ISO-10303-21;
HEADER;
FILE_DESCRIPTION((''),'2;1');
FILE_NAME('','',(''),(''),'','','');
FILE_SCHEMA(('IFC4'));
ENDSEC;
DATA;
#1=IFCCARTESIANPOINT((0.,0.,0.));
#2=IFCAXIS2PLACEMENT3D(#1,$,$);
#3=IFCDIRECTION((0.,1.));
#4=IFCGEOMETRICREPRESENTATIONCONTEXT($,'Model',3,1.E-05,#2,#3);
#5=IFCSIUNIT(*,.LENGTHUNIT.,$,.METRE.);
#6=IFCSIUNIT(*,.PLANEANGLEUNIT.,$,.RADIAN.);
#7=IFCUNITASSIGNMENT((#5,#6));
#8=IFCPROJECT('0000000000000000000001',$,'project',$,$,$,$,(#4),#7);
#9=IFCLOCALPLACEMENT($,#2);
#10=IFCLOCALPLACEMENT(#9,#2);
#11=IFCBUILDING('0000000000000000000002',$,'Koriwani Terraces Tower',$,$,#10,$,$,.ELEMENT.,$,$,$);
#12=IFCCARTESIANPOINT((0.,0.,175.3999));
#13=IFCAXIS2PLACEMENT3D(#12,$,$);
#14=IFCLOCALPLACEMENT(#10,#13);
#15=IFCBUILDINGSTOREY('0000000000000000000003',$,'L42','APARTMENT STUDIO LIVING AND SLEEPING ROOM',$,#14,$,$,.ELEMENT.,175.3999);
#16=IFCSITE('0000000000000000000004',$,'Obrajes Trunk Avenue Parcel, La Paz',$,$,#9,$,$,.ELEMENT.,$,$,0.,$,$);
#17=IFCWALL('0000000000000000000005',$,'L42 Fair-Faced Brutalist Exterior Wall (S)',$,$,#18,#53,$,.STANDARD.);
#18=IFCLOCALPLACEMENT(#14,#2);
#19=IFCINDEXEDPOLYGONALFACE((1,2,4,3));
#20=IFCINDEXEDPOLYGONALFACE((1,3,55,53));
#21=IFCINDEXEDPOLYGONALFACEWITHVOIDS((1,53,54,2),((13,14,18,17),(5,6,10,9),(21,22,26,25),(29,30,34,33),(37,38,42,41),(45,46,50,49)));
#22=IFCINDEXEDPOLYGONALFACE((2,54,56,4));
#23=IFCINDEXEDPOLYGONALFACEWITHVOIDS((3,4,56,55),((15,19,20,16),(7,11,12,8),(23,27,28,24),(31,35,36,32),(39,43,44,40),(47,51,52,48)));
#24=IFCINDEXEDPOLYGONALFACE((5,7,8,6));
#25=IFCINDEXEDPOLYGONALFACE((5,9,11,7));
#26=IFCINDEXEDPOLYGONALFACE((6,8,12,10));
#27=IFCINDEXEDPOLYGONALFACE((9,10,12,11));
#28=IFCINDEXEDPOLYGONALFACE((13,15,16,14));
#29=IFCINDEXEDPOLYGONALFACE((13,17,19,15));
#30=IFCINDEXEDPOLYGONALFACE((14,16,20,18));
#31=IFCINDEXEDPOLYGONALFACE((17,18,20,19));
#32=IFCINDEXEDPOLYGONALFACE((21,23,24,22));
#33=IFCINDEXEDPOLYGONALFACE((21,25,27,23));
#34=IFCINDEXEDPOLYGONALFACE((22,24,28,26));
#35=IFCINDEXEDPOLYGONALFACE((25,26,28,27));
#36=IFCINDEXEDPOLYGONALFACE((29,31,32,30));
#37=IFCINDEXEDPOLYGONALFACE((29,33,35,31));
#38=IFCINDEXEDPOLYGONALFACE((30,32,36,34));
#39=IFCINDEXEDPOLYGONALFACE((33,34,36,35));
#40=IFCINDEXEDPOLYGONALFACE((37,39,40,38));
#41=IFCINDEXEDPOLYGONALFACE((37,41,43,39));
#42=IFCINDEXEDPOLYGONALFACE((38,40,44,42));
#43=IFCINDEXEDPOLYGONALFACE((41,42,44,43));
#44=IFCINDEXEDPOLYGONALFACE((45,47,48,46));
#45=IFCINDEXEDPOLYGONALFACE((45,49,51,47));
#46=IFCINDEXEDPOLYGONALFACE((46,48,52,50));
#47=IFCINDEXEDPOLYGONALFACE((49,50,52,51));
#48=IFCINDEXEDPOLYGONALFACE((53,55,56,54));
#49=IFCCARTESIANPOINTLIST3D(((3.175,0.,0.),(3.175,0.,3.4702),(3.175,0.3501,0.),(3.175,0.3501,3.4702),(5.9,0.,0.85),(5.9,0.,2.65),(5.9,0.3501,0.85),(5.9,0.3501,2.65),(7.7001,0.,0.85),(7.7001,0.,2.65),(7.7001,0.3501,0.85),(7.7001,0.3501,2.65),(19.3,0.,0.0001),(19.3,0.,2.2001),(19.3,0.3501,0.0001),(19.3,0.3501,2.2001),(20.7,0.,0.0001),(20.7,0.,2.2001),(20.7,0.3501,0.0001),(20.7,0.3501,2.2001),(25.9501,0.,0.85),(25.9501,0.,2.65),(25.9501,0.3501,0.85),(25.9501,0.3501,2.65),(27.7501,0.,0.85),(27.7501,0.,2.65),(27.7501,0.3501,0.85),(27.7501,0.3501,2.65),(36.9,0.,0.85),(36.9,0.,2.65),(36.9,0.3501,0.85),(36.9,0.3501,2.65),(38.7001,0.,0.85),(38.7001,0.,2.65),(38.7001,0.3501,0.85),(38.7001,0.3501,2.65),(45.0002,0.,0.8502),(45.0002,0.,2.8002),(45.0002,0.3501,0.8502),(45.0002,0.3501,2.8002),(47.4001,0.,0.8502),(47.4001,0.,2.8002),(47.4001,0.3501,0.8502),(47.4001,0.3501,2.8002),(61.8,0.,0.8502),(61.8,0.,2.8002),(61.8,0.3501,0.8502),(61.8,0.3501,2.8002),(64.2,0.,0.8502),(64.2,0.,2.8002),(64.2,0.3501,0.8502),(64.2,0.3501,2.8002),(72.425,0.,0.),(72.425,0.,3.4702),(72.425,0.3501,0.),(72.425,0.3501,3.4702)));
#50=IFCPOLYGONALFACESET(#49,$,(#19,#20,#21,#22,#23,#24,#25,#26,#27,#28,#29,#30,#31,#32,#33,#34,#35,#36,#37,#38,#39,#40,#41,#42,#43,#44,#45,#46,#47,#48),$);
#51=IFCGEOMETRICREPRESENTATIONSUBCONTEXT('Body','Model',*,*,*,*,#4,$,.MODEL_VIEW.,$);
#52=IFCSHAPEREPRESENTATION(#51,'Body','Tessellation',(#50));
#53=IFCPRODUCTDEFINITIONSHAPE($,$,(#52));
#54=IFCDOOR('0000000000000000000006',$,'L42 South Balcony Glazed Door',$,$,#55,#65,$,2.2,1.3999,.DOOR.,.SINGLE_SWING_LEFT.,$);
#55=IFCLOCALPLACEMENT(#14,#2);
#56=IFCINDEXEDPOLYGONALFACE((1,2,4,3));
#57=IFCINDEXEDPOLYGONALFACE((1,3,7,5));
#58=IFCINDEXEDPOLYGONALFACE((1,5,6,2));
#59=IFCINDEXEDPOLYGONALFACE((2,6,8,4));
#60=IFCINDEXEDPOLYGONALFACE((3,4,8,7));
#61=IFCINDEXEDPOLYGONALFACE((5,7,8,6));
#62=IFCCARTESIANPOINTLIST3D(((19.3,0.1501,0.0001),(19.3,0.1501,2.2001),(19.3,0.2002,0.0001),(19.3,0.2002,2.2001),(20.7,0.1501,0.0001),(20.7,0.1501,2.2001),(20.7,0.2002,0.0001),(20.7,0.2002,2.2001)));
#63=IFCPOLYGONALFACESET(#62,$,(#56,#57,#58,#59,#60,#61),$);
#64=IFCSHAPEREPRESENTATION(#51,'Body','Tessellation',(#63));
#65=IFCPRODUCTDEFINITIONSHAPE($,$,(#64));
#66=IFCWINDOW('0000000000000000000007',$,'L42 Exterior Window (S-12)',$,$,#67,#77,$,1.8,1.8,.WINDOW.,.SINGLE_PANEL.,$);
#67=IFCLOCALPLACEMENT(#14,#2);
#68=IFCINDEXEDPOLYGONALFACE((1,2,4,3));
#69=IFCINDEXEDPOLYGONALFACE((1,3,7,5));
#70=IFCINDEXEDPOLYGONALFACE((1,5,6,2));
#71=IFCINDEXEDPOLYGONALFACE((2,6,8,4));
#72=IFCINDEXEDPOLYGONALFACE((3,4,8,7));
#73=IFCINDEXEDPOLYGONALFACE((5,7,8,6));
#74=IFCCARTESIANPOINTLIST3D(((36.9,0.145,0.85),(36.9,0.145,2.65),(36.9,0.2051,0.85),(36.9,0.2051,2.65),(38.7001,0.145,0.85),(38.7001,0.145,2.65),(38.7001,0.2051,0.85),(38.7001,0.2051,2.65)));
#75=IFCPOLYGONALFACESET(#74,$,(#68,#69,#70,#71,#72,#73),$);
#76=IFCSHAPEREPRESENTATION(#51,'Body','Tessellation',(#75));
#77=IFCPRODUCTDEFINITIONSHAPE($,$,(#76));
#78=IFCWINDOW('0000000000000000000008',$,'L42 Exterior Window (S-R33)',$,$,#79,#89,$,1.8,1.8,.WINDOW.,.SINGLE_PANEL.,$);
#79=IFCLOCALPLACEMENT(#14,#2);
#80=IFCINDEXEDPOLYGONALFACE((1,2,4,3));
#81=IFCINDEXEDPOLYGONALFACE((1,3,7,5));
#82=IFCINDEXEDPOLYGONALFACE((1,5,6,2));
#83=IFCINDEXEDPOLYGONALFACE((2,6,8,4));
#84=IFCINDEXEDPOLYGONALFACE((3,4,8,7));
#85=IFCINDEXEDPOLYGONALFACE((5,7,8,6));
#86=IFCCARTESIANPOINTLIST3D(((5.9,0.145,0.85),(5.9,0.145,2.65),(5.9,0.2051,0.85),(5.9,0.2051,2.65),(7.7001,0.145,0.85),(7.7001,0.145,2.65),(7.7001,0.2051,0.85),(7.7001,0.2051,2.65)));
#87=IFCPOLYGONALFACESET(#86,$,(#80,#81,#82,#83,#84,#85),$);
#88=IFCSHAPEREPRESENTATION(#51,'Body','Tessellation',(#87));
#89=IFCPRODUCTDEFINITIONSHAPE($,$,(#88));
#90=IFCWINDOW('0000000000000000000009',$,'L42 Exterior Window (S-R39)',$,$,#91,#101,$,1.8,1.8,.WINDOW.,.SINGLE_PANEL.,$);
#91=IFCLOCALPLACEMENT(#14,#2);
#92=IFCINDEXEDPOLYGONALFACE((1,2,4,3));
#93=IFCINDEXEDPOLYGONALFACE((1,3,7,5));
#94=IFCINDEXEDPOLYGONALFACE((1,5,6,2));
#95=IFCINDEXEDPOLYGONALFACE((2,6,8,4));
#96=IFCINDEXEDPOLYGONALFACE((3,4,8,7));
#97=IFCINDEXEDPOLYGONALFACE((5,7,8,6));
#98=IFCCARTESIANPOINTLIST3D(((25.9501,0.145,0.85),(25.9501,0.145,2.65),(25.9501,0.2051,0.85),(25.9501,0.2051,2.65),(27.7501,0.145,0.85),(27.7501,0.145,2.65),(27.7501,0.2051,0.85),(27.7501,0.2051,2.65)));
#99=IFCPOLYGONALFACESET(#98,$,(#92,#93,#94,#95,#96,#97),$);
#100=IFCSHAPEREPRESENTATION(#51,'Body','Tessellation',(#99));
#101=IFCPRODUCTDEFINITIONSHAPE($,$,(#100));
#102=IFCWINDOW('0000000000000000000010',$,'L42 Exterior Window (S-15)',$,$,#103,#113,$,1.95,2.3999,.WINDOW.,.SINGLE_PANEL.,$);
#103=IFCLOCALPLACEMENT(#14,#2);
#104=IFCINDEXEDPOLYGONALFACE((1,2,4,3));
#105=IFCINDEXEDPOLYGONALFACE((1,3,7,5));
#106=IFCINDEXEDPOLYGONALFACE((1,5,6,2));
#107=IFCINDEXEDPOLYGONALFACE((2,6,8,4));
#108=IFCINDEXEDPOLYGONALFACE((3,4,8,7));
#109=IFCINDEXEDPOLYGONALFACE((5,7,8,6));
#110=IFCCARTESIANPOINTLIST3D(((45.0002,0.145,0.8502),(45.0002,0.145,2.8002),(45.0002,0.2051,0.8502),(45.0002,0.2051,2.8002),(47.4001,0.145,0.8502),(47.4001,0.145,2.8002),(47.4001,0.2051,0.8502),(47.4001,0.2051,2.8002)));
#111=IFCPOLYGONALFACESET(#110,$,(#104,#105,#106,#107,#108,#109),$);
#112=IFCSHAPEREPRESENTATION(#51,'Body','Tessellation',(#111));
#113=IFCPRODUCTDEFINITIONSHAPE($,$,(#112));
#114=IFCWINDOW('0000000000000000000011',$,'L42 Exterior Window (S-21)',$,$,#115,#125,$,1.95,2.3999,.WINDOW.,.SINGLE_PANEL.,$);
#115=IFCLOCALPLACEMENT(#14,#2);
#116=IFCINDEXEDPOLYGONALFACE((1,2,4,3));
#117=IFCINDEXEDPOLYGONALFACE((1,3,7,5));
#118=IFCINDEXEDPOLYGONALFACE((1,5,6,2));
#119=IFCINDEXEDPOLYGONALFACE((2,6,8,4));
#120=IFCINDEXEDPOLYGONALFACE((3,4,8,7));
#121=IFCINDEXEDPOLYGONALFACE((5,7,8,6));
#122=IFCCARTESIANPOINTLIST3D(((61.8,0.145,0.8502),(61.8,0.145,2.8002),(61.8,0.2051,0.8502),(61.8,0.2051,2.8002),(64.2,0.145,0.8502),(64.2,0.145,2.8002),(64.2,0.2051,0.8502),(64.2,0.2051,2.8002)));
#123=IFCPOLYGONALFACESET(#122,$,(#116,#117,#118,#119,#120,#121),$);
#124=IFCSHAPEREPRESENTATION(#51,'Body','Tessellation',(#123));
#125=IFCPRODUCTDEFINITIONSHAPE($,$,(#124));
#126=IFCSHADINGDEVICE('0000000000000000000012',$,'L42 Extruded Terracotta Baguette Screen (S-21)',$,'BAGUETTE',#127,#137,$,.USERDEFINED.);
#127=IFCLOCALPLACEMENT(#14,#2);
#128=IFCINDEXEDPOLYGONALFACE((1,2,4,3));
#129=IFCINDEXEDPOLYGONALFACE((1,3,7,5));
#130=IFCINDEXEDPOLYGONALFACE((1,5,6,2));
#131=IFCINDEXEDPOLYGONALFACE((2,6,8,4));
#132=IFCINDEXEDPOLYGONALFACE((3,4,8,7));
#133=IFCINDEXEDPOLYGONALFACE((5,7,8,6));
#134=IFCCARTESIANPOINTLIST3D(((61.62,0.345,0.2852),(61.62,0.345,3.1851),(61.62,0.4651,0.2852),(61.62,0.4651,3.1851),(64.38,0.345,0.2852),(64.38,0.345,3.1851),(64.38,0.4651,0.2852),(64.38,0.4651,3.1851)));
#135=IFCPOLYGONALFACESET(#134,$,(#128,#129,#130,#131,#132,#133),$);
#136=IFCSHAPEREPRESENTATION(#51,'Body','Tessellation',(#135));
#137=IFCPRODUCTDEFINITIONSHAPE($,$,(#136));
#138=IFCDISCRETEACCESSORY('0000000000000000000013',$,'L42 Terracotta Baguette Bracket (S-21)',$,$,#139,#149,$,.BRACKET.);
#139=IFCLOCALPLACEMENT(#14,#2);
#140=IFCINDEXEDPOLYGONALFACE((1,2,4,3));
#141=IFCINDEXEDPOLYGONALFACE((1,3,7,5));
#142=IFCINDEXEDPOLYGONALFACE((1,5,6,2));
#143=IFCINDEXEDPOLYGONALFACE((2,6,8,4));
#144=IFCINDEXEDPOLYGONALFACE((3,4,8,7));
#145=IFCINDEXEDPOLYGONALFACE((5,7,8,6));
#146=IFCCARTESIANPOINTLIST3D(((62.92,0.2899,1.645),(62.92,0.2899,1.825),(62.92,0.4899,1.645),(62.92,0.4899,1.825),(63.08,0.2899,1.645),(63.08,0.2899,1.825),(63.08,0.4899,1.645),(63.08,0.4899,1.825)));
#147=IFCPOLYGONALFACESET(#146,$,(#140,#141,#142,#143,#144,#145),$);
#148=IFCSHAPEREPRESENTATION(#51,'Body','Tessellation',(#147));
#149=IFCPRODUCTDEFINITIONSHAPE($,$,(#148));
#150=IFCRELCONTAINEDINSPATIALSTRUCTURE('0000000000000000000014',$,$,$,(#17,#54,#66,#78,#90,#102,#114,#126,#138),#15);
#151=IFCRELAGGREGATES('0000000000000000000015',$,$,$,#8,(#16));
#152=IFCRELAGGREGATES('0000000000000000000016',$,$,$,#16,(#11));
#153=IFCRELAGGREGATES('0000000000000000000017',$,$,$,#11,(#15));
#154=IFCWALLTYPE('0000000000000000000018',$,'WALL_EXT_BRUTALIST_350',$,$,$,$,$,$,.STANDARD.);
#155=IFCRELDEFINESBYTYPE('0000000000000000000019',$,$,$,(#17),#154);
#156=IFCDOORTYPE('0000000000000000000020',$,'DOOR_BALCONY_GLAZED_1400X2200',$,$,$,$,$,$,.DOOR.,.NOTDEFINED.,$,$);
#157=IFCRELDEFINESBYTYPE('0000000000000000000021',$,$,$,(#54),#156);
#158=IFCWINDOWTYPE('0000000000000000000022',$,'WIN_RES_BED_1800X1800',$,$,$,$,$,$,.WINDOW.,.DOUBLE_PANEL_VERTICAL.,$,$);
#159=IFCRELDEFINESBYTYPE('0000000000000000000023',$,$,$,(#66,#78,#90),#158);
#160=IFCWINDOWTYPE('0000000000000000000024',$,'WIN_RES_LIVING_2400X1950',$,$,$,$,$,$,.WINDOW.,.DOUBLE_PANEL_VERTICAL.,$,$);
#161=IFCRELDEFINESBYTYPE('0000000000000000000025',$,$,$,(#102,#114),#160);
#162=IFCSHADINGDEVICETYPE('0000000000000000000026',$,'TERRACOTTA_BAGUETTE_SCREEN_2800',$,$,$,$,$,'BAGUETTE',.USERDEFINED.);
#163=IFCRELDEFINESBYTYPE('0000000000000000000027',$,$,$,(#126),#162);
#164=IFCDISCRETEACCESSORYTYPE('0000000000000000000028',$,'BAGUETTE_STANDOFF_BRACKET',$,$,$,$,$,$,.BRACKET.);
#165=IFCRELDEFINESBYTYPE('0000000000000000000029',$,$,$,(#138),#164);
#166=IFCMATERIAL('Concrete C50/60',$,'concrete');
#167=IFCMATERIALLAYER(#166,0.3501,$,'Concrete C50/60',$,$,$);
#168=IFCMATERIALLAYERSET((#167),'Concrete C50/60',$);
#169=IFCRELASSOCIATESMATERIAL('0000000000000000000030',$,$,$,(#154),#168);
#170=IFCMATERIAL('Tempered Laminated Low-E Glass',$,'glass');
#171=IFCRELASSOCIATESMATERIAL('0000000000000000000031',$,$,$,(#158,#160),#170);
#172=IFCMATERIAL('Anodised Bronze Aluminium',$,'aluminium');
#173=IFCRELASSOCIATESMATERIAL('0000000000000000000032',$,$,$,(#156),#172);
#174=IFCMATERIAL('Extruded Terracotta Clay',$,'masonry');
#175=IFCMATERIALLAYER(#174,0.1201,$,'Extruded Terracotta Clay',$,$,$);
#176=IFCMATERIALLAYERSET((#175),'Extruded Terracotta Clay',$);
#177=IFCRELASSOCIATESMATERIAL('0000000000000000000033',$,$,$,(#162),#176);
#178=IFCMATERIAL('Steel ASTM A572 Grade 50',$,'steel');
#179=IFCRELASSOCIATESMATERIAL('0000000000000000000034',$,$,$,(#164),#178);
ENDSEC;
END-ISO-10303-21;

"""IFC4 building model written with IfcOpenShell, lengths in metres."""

from ifc_helpers import new_model, si_unit, direction, frame, frame_2d, origin, origin_2d, place, context, subcontext, project, spatial, rectangle, extrude, material, layer, layer_set, type_object, element, fill, save


model = new_model("IFC4")

# Units and contexts
model_context = context("Model", 3, precision=1e-05, world=origin(), true_north=direction((0.0, 1.0)))
body_context = subcontext(model_context, "Body", "Model", "MODEL_VIEW")
ifc_project = project(units=[si_unit("LENGTHUNIT", "METRE"), si_unit("PLANEANGLEUNIT", "RADIAN")], contexts=[model_context])

# Site, building, storey
site_placement = place(None, origin())
site = spatial("IfcSite", under=ifc_project, at=site_placement, Name="Obrajes Trunk Avenue Parcel, La Paz", CompositionType="ELEMENT", RefElevation=0.0)
building_placement = place(site_placement, origin())
building = spatial("IfcBuilding", under=site, at=building_placement, Name="Koriwani Terraces Tower", CompositionType="ELEMENT")
storey_placement = place(building_placement, frame((0.0, 0.0, 175.3999)))
storey = spatial("IfcBuildingStorey", under=building, at=storey_placement, Name="L42", Description="APARTMENT STUDIO LIVING AND SLEEPING ROOM", CompositionType="ELEMENT", Elevation=175.3999)

# Shared definitions
ifc_material_1 = material(Name="Concrete C50/60", Category="concrete")

# Shared definitions
ifc_material_2 = material(Name="Steel ASTM A572 Grade 50", Category="steel")

# Shared definitions
ifc_layer_1 = layer(ifc_material_1, 0.3501, Name="Concrete C50/60")
ifc_layer_set_1 = layer_set([ifc_layer_1], Name="Concrete C50/60")
wall_type_1 = type_object("IfcWallType", Name="WALL_EXT_BRUTALIST_350", PredefinedType="STANDARD", material=ifc_layer_set_1)

# Shared definitions
ifc_material_3 = material(Name="Tempered Laminated Low-E Glass", Category="glass")
window_type_1 = type_object("IfcWindowType", Name="WIN_RES_BED_1800X1800", PartitioningType="DOUBLE_PANEL_VERTICAL", PredefinedType="WINDOW", material=ifc_material_3)

# Wall, openings, door, windows
wall_1_placement = place(storey_placement, frame((72.425, 0.175, 0.0), z_axis=(0.0, 0.0, 1.0), x_axis=(-1.0, 0.0, 0.0)))
wall_1 = element("IfcWall", 1, at=wall_1_placement, inside=storey, type_object=wall_type_1, Name="L42 Fair-Faced Brutalist Exterior Wall (S)", PredefinedType="STANDARD", context=body_context, shape_type="SweptSolid", body=[
    extrude(rectangle(XDim=69.25, YDim=0.3501, at=frame_2d((34.625, 0.0))), origin(), (0.0, 0.0, 1.0), 3.4702),
])
opening_1_placement = place(wall_1_placement, frame((51.7251, 0.0, 0.0)))
opening_1 = element("IfcOpeningElement", 2, at=opening_1_placement, cuts=wall_1, PredefinedType="OPENING", context=body_context, shape_type="SweptSolid", body=[
    extrude(rectangle(XDim=1.3999, YDim=2.2, at=frame_2d((0.7, 1.1001))), frame((0.0, 0.1851, 0.0), z_axis=(0.0, -1.0, 0.0), x_axis=(1.0, 0.0, 0.0)), (0.0, 0.0, 1.0), 0.3701),
])
opening_2_placement = place(wall_1_placement, frame((33.7251, 0.0, 0.8501)))
opening_2 = element("IfcOpeningElement", 3, at=opening_2_placement, cuts=wall_1, PredefinedType="OPENING", context=body_context, shape_type="SweptSolid", body=[
    extrude(rectangle(XDim=1.8, YDim=1.8, at=frame_2d((0.8999, 0.8999))), frame((0.0, 0.1851, 0.0), z_axis=(0.0, -1.0, 0.0), x_axis=(1.0, 0.0, 0.0)), (0.0, 0.0, 1.0), 0.3701),
])
opening_3_placement = place(wall_1_placement, frame((25.0249, 0.0, 0.8501)))
opening_3 = element("IfcOpeningElement", 4, at=opening_3_placement, cuts=wall_1, PredefinedType="OPENING", context=body_context, shape_type="SweptSolid", body=[
    extrude(rectangle(XDim=2.3999, YDim=1.95, at=frame_2d((1.2, 0.9751))), frame((0.0, 0.1851, 0.0), z_axis=(0.0, -1.0, 0.0), x_axis=(1.0, 0.0, 0.0)), (0.0, 0.0, 1.0), 0.3701),
])
opening_4_placement = place(wall_1_placement, frame((8.2251, 0.0, 0.8501)))
opening_4 = element("IfcOpeningElement", 5, at=opening_4_placement, cuts=wall_1, PredefinedType="OPENING", context=body_context, shape_type="SweptSolid", body=[
    extrude(rectangle(XDim=2.3999, YDim=1.95, at=frame_2d((1.2, 0.9751))), frame((0.0, 0.1851, 0.0), z_axis=(0.0, -1.0, 0.0), x_axis=(1.0, 0.0, 0.0)), (0.0, 0.0, 1.0), 0.3701),
])
opening_5_placement = place(wall_1_placement, frame((64.7251, 0.0, 0.8501)))
opening_5 = element("IfcOpeningElement", 6, at=opening_5_placement, cuts=wall_1, PredefinedType="OPENING", context=body_context, shape_type="SweptSolid", body=[
    extrude(rectangle(XDim=1.8, YDim=1.8, at=frame_2d((0.8999, 0.8999))), frame((0.0, 0.1851, 0.0), z_axis=(0.0, -1.0, 0.0), x_axis=(1.0, 0.0, 0.0)), (0.0, 0.0, 1.0), 0.3701),
])
opening_6_placement = place(wall_1_placement, frame((44.675, 0.0, 0.8501)))
opening_6 = element("IfcOpeningElement", 7, at=opening_6_placement, cuts=wall_1, PredefinedType="OPENING", context=body_context, shape_type="SweptSolid", body=[
    extrude(rectangle(XDim=1.8, YDim=1.8, at=frame_2d((0.8999, 0.8999))), frame((0.0, 0.1851, 0.0), z_axis=(0.0, -1.0, 0.0), x_axis=(1.0, 0.0, 0.0)), (0.0, 0.0, 1.0), 0.3701),
])
ifc_material_4 = material(Name="Anodised Bronze Aluminium", Category="aluminium")
door_type = type_object("IfcDoorType", Name="DOOR_BALCONY_GLAZED_1400X2200", OperationType="NOTDEFINED", PredefinedType="DOOR", material=ifc_material_4)
door_placement = place(opening_1_placement, origin())
door = element("IfcDoor", 8, at=door_placement, inside=storey, type_object=door_type, Name="L42 South Balcony Glazed Door", OperationType="SINGLE_SWING_LEFT", OverallHeight=2.2, OverallWidth=1.3999, PredefinedType="DOOR", context=body_context, shape_type="SweptSolid", body=[
    extrude(rectangle(XDim=1.3999, YDim=2.2, at=frame_2d((0.7, 1.1001))), frame((0.0, 0.0249, 0.0), z_axis=(0.0, -1.0, 0.0), x_axis=(1.0, 0.0, 0.0)), (0.0, 0.0, 1.0), 0.05),
])
fill(opening_1, door)
window_1_placement = place(opening_2_placement, origin())
window_1 = element("IfcWindow", 9, at=window_1_placement, inside=storey, type_object=window_type_1, Name="L42 Exterior Window (S-12)", OverallHeight=1.8, OverallWidth=1.8, PartitioningType="SINGLE_PANEL", PredefinedType="WINDOW", context=body_context, shape_type="SweptSolid", body=[
    extrude(rectangle(XDim=1.8, YDim=1.8, at=frame_2d((0.8999, 0.8999))), frame((0.0, 0.03, 0.0), z_axis=(0.0, -1.0, 0.0), x_axis=(1.0, 0.0, 0.0)), (0.0, 0.0, 1.0), 0.0601),
])
fill(opening_2, window_1)
window_2_placement = place(opening_5_placement, origin())
window_2 = element("IfcWindow", 10, at=window_2_placement, inside=storey, type_object=window_type_1, Name="L42 Exterior Window (S-R33)", OverallHeight=1.8, OverallWidth=1.8, PartitioningType="SINGLE_PANEL", PredefinedType="WINDOW", context=body_context, shape_type="SweptSolid", body=[
    extrude(rectangle(XDim=1.8, YDim=1.8, at=frame_2d((0.8999, 0.8999))), frame((0.0, 0.03, 0.0), z_axis=(0.0, -1.0, 0.0), x_axis=(1.0, 0.0, 0.0)), (0.0, 0.0, 1.0), 0.0601),
])
fill(opening_5, window_2)
window_3_placement = place(opening_6_placement, origin())
window_3 = element("IfcWindow", 11, at=window_3_placement, inside=storey, type_object=window_type_1, Name="L42 Exterior Window (S-R39)", OverallHeight=1.8, OverallWidth=1.8, PartitioningType="SINGLE_PANEL", PredefinedType="WINDOW", context=body_context, shape_type="SweptSolid", body=[
    extrude(rectangle(XDim=1.8, YDim=1.8, at=frame_2d((0.8999, 0.8999))), frame((0.0, 0.03, 0.0), z_axis=(0.0, -1.0, 0.0), x_axis=(1.0, 0.0, 0.0)), (0.0, 0.0, 1.0), 0.0601),
])
fill(opening_6, window_3)
window_type_2 = type_object("IfcWindowType", Name="WIN_RES_LIVING_2400X1950", PartitioningType="DOUBLE_PANEL_VERTICAL", PredefinedType="WINDOW", material=ifc_material_3)
window_4_placement = place(opening_3_placement, origin())
window_4 = element("IfcWindow", 12, at=window_4_placement, inside=storey, type_object=window_type_2, Name="L42 Exterior Window (S-15)", OverallHeight=1.95, OverallWidth=2.3999, PartitioningType="SINGLE_PANEL", PredefinedType="WINDOW", context=body_context, shape_type="SweptSolid", body=[
    extrude(rectangle(XDim=2.3999, YDim=1.95, at=frame_2d((1.2, 0.9751))), frame((0.0, 0.03, 0.0), z_axis=(0.0, -1.0, 0.0), x_axis=(1.0, 0.0, 0.0)), (0.0, 0.0, 1.0), 0.0601),
])
fill(opening_3, window_4)
window_5_placement = place(opening_4_placement, origin())
window_5 = element("IfcWindow", 13, at=window_5_placement, inside=storey, type_object=window_type_2, Name="L42 Exterior Window (S-21)", OverallHeight=1.95, OverallWidth=2.3999, PartitioningType="SINGLE_PANEL", PredefinedType="WINDOW", context=body_context, shape_type="SweptSolid", body=[
    extrude(rectangle(XDim=2.3999, YDim=1.95, at=frame_2d((1.2, 0.9751))), frame((0.0, 0.03, 0.0), z_axis=(0.0, -1.0, 0.0), x_axis=(1.0, 0.0, 0.0)), (0.0, 0.0, 1.0), 0.0601),
])
fill(opening_4, window_5)

# Shading device
ifc_material_5 = material(Name="Extruded Terracotta Clay", Category="masonry")
ifc_layer_2 = layer(ifc_material_5, 0.1201, Name="Extruded Terracotta Clay")
ifc_layer_set_2 = layer_set([ifc_layer_2], Name="Extruded Terracotta Clay")
shading_device_type = type_object("IfcShadingDeviceType", Name="TERRACOTTA_BAGUETTE_SCREEN_2800", ElementType="BAGUETTE", PredefinedType="USERDEFINED", material=ifc_layer_set_2)
shading_device_placement = place(storey_placement, frame((63.0, 0.405, 0.2852), z_axis=(0.0, 0.0, 1.0), x_axis=(-1.0, 0.0, 0.0)))
element("IfcShadingDevice", 14, at=shading_device_placement, inside=storey, type_object=shading_device_type, Name="L42 Extruded Terracotta Baguette Screen (S-21)", ObjectType="BAGUETTE", PredefinedType="USERDEFINED", context=body_context, shape_type="SweptSolid", body=[
    extrude(rectangle(XDim=2.76, YDim=0.1201, at=origin_2d()), origin(), (0.0, 0.0, 1.0), 2.8999),
])

# Discrete accessory
discrete_accessory_type = type_object("IfcDiscreteAccessoryType", Name="BAGUETTE_STANDOFF_BRACKET", PredefinedType="BRACKET", material=ifc_material_2)
discrete_accessory_placement = place(storey_placement, frame((63.0, 0.3899, 1.645), z_axis=(0.0, 0.0, 1.0), x_axis=(-1.0, 0.0, 0.0)))
element("IfcDiscreteAccessory", 15, at=discrete_accessory_placement, inside=storey, type_object=discrete_accessory_type, Name="L42 Terracotta Baguette Bracket (S-21)", PredefinedType="BRACKET", context=body_context, shape_type="SweptSolid", body=[
    extrude(rectangle(XDim=0.1599, YDim=0.2, at=origin_2d()), origin(), (0.0, 0.0, 1.0), 0.1799),
])

save(model, "model.ifc")
